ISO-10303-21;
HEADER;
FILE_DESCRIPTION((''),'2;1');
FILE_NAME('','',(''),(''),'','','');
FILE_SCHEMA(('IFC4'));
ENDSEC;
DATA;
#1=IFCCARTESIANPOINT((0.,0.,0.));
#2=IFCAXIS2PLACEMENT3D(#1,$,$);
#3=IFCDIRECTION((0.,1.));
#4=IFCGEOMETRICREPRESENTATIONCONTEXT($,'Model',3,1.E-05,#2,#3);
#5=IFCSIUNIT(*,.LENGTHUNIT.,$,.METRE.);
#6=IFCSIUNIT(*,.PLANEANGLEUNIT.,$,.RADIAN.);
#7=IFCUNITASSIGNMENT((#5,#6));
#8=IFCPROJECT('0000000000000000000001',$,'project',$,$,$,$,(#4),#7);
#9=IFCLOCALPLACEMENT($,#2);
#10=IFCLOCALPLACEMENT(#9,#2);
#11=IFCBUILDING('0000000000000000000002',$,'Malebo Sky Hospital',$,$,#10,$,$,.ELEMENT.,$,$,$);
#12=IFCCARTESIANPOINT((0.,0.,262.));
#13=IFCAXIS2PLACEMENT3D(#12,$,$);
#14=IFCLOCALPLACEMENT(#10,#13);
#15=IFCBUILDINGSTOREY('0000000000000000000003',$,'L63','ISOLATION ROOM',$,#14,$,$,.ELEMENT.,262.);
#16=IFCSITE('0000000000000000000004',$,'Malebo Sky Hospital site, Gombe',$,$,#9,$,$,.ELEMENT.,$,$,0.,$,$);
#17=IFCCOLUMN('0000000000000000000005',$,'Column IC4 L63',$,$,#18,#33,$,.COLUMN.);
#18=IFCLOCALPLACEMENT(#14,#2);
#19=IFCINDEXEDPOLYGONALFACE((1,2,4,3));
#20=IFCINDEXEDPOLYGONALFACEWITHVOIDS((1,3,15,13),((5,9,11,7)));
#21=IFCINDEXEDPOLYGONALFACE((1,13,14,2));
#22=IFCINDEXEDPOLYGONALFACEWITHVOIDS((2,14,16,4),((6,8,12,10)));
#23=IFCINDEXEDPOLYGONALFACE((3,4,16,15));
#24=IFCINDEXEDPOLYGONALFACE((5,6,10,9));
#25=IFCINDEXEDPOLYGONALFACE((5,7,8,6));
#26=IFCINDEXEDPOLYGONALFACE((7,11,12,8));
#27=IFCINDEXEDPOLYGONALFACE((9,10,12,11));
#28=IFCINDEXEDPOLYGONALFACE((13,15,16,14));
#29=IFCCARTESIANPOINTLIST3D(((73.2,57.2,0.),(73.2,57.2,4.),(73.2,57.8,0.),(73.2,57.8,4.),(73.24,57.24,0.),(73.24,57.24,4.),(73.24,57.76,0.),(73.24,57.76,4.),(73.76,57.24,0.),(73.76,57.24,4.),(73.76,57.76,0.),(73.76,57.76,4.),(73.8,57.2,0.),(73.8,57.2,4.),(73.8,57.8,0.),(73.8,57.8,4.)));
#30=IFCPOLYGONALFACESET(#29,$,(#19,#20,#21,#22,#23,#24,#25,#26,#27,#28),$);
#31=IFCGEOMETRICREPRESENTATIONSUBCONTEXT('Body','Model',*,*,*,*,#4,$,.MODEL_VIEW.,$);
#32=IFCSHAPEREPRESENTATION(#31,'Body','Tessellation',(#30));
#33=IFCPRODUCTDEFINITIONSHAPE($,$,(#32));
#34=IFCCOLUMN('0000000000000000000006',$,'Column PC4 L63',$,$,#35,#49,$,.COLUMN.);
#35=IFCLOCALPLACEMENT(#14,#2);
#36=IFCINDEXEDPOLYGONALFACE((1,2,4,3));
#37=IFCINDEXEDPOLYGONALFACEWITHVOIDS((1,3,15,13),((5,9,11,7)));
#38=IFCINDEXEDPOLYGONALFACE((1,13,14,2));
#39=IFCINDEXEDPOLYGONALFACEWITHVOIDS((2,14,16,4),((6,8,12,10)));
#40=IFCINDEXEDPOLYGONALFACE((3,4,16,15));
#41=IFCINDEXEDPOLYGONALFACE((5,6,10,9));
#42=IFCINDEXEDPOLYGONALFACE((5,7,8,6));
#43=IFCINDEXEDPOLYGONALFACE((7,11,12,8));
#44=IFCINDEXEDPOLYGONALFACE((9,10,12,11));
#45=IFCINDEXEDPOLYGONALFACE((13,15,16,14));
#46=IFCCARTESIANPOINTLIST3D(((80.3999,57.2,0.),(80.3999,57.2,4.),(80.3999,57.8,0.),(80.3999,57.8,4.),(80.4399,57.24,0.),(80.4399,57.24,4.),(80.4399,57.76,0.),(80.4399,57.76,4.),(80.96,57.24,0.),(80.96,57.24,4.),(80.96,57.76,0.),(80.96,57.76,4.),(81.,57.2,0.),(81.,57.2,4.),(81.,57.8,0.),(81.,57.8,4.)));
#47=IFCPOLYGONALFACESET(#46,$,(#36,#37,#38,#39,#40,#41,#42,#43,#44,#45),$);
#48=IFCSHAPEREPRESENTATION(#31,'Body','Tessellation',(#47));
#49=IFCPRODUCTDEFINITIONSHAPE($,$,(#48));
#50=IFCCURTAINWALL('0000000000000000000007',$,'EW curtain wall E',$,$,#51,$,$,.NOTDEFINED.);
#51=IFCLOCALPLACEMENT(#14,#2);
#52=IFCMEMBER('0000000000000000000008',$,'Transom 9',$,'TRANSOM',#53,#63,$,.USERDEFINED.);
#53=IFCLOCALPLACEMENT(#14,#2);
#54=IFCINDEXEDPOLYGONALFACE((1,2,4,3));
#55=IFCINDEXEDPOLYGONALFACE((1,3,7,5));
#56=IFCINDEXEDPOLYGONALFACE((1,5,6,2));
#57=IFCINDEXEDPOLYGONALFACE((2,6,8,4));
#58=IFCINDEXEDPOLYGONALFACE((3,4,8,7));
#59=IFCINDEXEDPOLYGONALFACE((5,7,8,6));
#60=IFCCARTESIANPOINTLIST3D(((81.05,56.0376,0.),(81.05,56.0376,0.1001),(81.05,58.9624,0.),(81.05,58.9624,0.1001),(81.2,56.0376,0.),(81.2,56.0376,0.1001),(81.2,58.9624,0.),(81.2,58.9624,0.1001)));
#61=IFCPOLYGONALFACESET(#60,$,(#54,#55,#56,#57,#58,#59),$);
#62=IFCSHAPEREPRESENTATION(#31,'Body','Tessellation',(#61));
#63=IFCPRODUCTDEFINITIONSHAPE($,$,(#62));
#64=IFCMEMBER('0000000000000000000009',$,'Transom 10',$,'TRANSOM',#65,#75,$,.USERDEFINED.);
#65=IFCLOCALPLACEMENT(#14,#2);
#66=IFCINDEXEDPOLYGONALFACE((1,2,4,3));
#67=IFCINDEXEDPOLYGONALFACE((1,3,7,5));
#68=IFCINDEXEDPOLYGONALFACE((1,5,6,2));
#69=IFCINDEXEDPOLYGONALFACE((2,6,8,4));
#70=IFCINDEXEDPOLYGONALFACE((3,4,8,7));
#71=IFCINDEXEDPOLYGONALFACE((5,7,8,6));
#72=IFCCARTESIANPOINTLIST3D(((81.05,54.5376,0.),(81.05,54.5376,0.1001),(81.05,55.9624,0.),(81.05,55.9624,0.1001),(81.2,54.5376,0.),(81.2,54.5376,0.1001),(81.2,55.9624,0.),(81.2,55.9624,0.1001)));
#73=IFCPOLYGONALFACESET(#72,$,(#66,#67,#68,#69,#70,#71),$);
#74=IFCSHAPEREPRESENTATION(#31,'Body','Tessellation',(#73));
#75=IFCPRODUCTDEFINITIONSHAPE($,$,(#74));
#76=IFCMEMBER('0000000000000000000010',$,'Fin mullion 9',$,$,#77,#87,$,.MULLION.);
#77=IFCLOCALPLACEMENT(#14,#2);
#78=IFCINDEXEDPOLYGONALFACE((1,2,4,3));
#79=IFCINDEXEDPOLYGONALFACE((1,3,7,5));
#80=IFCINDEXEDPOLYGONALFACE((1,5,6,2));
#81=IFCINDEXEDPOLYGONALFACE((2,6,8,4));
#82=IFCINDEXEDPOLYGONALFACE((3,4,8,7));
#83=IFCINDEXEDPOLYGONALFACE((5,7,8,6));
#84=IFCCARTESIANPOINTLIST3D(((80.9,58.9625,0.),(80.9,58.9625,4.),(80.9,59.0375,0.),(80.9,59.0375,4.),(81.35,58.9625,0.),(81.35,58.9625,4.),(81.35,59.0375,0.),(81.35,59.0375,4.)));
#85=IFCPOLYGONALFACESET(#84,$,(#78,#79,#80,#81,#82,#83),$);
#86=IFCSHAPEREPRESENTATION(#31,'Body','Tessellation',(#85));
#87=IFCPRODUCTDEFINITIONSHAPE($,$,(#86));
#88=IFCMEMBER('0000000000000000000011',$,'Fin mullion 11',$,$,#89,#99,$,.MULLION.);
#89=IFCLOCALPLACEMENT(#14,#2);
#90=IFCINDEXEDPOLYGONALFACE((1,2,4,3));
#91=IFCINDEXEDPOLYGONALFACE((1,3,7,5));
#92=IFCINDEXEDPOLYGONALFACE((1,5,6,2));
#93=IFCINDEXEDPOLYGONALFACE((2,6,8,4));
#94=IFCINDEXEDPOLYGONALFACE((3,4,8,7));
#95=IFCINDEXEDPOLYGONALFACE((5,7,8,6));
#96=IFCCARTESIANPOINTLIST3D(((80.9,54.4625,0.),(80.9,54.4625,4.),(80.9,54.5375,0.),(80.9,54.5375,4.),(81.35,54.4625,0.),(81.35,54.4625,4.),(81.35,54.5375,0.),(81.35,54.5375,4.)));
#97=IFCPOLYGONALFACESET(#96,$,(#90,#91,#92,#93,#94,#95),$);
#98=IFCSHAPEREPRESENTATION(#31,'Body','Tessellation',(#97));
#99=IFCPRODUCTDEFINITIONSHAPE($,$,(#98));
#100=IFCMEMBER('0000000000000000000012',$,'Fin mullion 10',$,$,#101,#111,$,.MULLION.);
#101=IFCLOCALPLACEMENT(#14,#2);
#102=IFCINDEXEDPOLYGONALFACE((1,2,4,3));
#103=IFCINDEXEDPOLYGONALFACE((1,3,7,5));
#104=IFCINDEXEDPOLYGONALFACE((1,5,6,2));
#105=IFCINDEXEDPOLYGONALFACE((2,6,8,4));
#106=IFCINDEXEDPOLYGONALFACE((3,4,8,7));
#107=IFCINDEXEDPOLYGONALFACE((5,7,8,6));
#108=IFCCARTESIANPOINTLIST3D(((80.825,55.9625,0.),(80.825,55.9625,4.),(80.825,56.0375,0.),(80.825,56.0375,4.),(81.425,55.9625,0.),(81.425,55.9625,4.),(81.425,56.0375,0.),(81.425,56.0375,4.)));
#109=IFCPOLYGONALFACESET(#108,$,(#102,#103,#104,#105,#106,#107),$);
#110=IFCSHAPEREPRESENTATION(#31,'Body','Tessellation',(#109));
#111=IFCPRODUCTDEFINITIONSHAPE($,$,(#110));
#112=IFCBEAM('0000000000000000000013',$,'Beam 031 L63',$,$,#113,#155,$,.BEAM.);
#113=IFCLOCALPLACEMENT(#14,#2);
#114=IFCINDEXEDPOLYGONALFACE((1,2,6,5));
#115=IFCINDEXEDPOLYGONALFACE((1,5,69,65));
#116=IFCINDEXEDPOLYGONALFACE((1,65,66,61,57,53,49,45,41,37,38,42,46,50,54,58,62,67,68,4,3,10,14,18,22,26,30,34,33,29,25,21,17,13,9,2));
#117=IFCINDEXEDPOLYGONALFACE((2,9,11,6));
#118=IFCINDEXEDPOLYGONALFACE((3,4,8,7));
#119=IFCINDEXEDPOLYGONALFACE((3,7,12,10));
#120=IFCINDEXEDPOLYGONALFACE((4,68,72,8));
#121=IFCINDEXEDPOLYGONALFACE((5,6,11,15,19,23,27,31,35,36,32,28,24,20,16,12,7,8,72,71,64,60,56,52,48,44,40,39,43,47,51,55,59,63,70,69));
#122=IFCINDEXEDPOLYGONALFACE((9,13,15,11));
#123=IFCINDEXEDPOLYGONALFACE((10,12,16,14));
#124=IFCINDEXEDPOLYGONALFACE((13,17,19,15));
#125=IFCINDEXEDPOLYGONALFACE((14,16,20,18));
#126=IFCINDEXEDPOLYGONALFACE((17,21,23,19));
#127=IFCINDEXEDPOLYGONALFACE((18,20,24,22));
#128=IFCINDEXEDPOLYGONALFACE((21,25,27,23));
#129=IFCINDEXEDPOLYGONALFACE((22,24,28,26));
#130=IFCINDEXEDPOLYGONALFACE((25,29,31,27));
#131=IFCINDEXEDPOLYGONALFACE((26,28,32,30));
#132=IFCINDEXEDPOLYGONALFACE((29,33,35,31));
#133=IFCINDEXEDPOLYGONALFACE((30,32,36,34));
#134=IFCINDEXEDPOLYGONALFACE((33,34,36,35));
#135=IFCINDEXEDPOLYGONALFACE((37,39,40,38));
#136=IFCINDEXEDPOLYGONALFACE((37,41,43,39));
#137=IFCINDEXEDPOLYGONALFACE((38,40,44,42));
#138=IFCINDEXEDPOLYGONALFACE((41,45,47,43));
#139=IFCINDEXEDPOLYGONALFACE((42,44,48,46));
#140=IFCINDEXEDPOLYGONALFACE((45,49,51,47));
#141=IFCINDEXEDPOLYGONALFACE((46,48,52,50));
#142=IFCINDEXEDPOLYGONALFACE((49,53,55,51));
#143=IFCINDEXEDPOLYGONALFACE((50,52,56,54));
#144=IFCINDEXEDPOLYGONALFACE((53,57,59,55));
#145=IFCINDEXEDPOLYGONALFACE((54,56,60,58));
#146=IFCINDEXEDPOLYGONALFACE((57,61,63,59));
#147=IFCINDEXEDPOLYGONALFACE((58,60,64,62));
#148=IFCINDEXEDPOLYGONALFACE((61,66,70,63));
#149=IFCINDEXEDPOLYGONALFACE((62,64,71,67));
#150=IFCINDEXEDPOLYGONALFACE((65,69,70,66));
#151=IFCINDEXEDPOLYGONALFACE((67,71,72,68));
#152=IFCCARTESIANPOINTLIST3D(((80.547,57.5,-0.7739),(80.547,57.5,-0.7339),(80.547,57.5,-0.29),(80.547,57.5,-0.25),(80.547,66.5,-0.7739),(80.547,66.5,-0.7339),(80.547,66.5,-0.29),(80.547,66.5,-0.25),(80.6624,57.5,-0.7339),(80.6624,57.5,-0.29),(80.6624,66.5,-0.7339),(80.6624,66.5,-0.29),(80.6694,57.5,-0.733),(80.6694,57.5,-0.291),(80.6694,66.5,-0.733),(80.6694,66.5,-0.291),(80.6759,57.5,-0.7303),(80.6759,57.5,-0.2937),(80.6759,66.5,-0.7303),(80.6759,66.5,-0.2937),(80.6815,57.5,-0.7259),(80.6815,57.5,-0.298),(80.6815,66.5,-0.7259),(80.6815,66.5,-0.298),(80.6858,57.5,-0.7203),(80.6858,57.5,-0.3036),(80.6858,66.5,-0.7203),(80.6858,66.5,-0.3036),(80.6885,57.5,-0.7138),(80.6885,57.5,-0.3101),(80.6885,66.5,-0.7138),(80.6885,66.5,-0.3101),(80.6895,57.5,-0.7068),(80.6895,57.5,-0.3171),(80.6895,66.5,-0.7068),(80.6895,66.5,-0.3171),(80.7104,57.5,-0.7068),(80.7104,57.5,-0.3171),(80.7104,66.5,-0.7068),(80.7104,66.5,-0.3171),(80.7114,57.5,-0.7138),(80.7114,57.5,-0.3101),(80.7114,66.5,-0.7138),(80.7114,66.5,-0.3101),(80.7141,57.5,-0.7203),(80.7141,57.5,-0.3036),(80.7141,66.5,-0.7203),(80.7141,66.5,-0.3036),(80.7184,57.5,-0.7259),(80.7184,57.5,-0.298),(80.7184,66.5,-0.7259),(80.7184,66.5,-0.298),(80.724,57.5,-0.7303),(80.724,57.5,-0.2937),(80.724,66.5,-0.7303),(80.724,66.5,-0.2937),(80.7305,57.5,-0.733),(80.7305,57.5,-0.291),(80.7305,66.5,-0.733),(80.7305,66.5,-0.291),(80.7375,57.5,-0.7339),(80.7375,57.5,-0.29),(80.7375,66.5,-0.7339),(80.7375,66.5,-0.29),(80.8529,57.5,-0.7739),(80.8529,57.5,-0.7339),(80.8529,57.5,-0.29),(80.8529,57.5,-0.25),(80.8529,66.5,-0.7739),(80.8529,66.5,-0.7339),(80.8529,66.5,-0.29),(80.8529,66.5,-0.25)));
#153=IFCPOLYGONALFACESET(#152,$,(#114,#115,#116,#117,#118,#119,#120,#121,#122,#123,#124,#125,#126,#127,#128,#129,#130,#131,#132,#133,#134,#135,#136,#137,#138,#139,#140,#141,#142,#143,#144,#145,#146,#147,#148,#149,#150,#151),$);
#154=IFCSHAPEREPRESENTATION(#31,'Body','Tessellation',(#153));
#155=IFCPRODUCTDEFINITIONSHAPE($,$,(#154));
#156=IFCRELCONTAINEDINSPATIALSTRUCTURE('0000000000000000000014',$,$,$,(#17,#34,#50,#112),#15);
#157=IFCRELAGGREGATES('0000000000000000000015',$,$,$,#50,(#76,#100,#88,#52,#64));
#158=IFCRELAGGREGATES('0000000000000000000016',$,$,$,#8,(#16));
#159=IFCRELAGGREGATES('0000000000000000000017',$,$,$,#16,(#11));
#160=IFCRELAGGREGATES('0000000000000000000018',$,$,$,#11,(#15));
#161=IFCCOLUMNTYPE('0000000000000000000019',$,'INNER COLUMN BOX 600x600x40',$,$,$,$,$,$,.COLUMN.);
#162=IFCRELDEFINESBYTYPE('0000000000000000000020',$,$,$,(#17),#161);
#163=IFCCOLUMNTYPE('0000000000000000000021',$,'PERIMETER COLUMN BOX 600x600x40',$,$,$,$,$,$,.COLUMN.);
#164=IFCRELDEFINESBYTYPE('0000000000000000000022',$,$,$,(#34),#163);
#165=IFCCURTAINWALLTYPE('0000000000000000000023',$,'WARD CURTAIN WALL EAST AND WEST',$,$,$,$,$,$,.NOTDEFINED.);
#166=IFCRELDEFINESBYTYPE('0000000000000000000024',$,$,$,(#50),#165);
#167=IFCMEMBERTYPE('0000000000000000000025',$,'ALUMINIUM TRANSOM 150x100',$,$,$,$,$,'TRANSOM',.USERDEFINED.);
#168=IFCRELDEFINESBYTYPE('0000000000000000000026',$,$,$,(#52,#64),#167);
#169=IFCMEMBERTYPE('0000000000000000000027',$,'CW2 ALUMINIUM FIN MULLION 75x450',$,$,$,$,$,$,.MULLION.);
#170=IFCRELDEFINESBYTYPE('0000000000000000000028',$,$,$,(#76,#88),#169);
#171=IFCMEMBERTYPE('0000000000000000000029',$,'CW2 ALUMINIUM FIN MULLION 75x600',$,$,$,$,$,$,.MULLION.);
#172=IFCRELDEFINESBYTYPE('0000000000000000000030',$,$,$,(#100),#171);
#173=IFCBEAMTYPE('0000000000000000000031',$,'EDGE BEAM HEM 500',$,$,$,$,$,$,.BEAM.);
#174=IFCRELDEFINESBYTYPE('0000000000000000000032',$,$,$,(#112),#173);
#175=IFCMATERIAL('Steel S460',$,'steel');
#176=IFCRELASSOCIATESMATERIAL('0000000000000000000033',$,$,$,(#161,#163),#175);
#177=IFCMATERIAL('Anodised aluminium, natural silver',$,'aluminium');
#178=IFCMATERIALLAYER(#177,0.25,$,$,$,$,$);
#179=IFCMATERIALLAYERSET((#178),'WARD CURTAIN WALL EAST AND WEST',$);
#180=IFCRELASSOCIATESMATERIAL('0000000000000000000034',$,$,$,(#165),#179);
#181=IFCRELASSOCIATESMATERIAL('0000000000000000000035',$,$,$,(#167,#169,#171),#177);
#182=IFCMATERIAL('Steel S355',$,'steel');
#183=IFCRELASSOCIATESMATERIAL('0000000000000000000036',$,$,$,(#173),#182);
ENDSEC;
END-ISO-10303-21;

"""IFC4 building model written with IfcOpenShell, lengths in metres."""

from ifc_helpers import new_model, si_unit, direction, frame, origin, origin_2d, place, context, subcontext, project, spatial, rectangle, hollow_rectangle, i_section, extrude, material, layer, layer_set, material_profile, profile_set, type_object, element, aggregate, save


model = new_model("IFC4")

# Units and contexts
model_context = context("Model", 3, precision=1e-05, world=origin(), true_north=direction((0.0, 1.0)))
body_context = subcontext(model_context, "Body", "Model", "MODEL_VIEW")
ifc_project = project(units=[si_unit("LENGTHUNIT", "METRE"), si_unit("PLANEANGLEUNIT", "RADIAN")], contexts=[model_context])

# Site, building, storey
site_placement = place(None, origin())
site = spatial("IfcSite", under=ifc_project, at=site_placement, Name="Malebo Sky Hospital site, Gombe", CompositionType="ELEMENT", RefElevation=0.0)
building_placement = place(site_placement, origin())
building = spatial("IfcBuilding", under=site, at=building_placement, Name="Malebo Sky Hospital", CompositionType="ELEMENT")
storey_placement = place(building_placement, frame((0.0, 0.0, 262.0)))
storey = spatial("IfcBuildingStorey", under=building, at=storey_placement, Name="L63", Description="ISOLATION ROOM", CompositionType="ELEMENT", Elevation=262.0)

# Columns
ifc_material_1 = material(Name="Steel S460", Category="steel")
ifc_material_profile_1 = material_profile(ifc_material_1, hollow_rectangle(XDim=0.6001, YDim=0.6001, WallThickness=0.04, at=origin_2d()), Name="BOX 600x600x40")
ifc_profile_set_1 = profile_set([ifc_material_profile_1], Name="Steel S460")
column_type_1 = type_object("IfcColumnType", Name="INNER COLUMN BOX 600x600x40", PredefinedType="COLUMN", material=ifc_profile_set_1)
column_1_placement = place(storey_placement, frame((73.5, 57.5, 0.0), z_axis=(0.0, 0.0, 1.0), x_axis=(1.0, 0.0, 0.0)))
element("IfcColumn", 1, at=column_1_placement, inside=storey, type_object=column_type_1, Name="Column IC4 L63", PredefinedType="COLUMN", context=body_context, shape_type="SweptSolid", body=[
    extrude(hollow_rectangle(XDim=0.6001, YDim=0.6001, WallThickness=0.04, at=origin_2d()), origin(), (0.0, 0.0, 1.0), 4.0),
])
ifc_material_profile_2 = material_profile(ifc_material_1, hollow_rectangle(XDim=0.6001, YDim=0.6001, WallThickness=0.04, at=origin_2d()), Name="BOX 600x600x40")
ifc_profile_set_2 = profile_set([ifc_material_profile_2], Name="Steel S460")
column_type_2 = type_object("IfcColumnType", Name="PERIMETER COLUMN BOX 600x600x40", PredefinedType="COLUMN", material=ifc_profile_set_2)
column_2_placement = place(storey_placement, frame((80.7, 57.5, 0.0), z_axis=(0.0, 0.0, 1.0), x_axis=(1.0, 0.0, 0.0)))
element("IfcColumn", 2, at=column_2_placement, inside=storey, type_object=column_type_2, Name="Column PC4 L63", PredefinedType="COLUMN", context=body_context, shape_type="SweptSolid", body=[
    extrude(hollow_rectangle(XDim=0.6001, YDim=0.6001, WallThickness=0.04, at=origin_2d()), origin(), (0.0, 0.0, 1.0), 4.0),
])

# Curtain wall, members
ifc_material_2 = material(Name="Anodised aluminium, natural silver", Category="aluminium")
ifc_layer_1 = layer(ifc_material_2, 0.25)
ifc_layer_set_1 = layer_set([ifc_layer_1], Name="WARD CURTAIN WALL EAST AND WEST")
curtain_wall_type = type_object("IfcCurtainWallType", Name="WARD CURTAIN WALL EAST AND WEST", PredefinedType="NOTDEFINED", material=ifc_layer_set_1)
curtain_wall_placement = place(storey_placement, origin())
curtain_wall = element("IfcCurtainWall", 3, at=curtain_wall_placement, inside=storey, type_object=curtain_wall_type, Name="EW curtain wall E", PredefinedType="NOTDEFINED")
ifc_material_profile_3 = material_profile(ifc_material_2, rectangle(XDim=0.1499, YDim=0.1001, at=origin_2d()), Name="ALUMINIUM TRANSOM 150x100")
ifc_profile_set_3 = profile_set([ifc_material_profile_3], Name="Anodised aluminium, natural silver")
member_type_1 = type_object("IfcMemberType", Name="ALUMINIUM TRANSOM 150x100", ElementType="TRANSOM", PredefinedType="USERDEFINED", material=ifc_profile_set_3)
member_1_placement = place(storey_placement, frame((81.125, 58.9624, 0.05), z_axis=(0.0, -1.0, 0.0), x_axis=(1.0, 0.0, 0.0)))
member_1 = element("IfcMember", 4, at=member_1_placement, type_object=member_type_1, Name="Transom 9", ObjectType="TRANSOM", PredefinedType="USERDEFINED", context=body_context, shape_type="SweptSolid", body=[
    extrude(rectangle(XDim=0.1499, YDim=0.1001, at=origin_2d()), origin(), (0.0, 0.0, 1.0), 2.9248),
])
member_2_placement = place(storey_placement, frame((81.125, 55.9624, 0.05), z_axis=(0.0, -1.0, 0.0), x_axis=(1.0, 0.0, 0.0)))
member_2 = element("IfcMember", 5, at=member_2_placement, type_object=member_type_1, Name="Transom 10", ObjectType="TRANSOM", PredefinedType="USERDEFINED", context=body_context, shape_type="SweptSolid", body=[
    extrude(rectangle(XDim=0.1499, YDim=0.1001, at=origin_2d()), origin(), (0.0, 0.0, 1.0), 1.4248),
])
ifc_material_profile_4 = material_profile(ifc_material_2, rectangle(XDim=0.075, YDim=0.45, at=origin_2d()), Name="CW2 ALUMINIUM FIN MULLION 75x450")
ifc_profile_set_4 = profile_set([ifc_material_profile_4], Name="Anodised aluminium, natural silver")
member_type_2 = type_object("IfcMemberType", Name="CW2 ALUMINIUM FIN MULLION 75x450", PredefinedType="MULLION", material=ifc_profile_set_4)
member_3_placement = place(storey_placement, frame((81.125, 59.0, 0.0), z_axis=(0.0, 0.0, 1.0), x_axis=(0.0, -1.0, 0.0)))
member_3 = element("IfcMember", 6, at=member_3_placement, type_object=member_type_2, Name="Fin mullion 9", PredefinedType="MULLION", context=body_context, shape_type="SweptSolid", body=[
    extrude(rectangle(XDim=0.075, YDim=0.45, at=origin_2d()), origin(), (0.0, 0.0, 1.0), 4.0),
])
member_4_placement = place(storey_placement, frame((81.125, 54.5, 0.0), z_axis=(0.0, 0.0, 1.0), x_axis=(0.0, -1.0, 0.0)))
member_4 = element("IfcMember", 7, at=member_4_placement, type_object=member_type_2, Name="Fin mullion 11", PredefinedType="MULLION", context=body_context, shape_type="SweptSolid", body=[
    extrude(rectangle(XDim=0.075, YDim=0.45, at=origin_2d()), origin(), (0.0, 0.0, 1.0), 4.0),
])
ifc_material_profile_5 = material_profile(ifc_material_2, rectangle(XDim=0.075, YDim=0.6001, at=origin_2d()), Name="CW2 ALUMINIUM FIN MULLION 75x600")
ifc_profile_set_5 = profile_set([ifc_material_profile_5], Name="Anodised aluminium, natural silver")
member_type_3 = type_object("IfcMemberType", Name="CW2 ALUMINIUM FIN MULLION 75x600", PredefinedType="MULLION", material=ifc_profile_set_5)
member_5_placement = place(storey_placement, frame((81.125, 56.0, 0.0), z_axis=(0.0, 0.0, 1.0), x_axis=(0.0, -1.0, 0.0)))
member_5 = element("IfcMember", 8, at=member_5_placement, type_object=member_type_3, Name="Fin mullion 10", PredefinedType="MULLION", context=body_context, shape_type="SweptSolid", body=[
    extrude(rectangle(XDim=0.075, YDim=0.6001, at=origin_2d()), origin(), (0.0, 0.0, 1.0), 4.0),
])

# Beam
ifc_material_3 = material(Name="Steel S355", Category="steel")
ifc_material_profile_6 = material_profile(ifc_material_3, i_section(OverallWidth=0.3059, OverallDepth=0.5239, WebThickness=0.021, FlangeThickness=0.04, FilletRadius=0.0271, at=origin_2d()), Name="HEM 500")
ifc_profile_set_6 = profile_set([ifc_material_profile_6], Name="Steel S355")
beam_type_1 = type_object("IfcBeamType", Name="EDGE BEAM HEM 500", PredefinedType="BEAM", material=ifc_profile_set_6)
beam_1_placement = place(storey_placement, frame((80.7, 57.5, -0.512), z_axis=(0.0, 1.0, 0.0), x_axis=(-1.0, 0.0, 0.0)))
element("IfcBeam", 9, at=beam_1_placement, inside=storey, type_object=beam_type_1, Name="Beam 031 L63", PredefinedType="BEAM", context=body_context, shape_type="SweptSolid", body=[
    extrude(i_section(OverallWidth=0.3059, OverallDepth=0.5239, WebThickness=0.021, FlangeThickness=0.04, FilletRadius=0.0271, at=origin_2d()), origin(), (0.0, 0.0, 1.0), 9.0),
])

aggregate(curtain_wall, [member_3, member_5, member_4, member_1, member_2])

save(model, "model.ifc")
